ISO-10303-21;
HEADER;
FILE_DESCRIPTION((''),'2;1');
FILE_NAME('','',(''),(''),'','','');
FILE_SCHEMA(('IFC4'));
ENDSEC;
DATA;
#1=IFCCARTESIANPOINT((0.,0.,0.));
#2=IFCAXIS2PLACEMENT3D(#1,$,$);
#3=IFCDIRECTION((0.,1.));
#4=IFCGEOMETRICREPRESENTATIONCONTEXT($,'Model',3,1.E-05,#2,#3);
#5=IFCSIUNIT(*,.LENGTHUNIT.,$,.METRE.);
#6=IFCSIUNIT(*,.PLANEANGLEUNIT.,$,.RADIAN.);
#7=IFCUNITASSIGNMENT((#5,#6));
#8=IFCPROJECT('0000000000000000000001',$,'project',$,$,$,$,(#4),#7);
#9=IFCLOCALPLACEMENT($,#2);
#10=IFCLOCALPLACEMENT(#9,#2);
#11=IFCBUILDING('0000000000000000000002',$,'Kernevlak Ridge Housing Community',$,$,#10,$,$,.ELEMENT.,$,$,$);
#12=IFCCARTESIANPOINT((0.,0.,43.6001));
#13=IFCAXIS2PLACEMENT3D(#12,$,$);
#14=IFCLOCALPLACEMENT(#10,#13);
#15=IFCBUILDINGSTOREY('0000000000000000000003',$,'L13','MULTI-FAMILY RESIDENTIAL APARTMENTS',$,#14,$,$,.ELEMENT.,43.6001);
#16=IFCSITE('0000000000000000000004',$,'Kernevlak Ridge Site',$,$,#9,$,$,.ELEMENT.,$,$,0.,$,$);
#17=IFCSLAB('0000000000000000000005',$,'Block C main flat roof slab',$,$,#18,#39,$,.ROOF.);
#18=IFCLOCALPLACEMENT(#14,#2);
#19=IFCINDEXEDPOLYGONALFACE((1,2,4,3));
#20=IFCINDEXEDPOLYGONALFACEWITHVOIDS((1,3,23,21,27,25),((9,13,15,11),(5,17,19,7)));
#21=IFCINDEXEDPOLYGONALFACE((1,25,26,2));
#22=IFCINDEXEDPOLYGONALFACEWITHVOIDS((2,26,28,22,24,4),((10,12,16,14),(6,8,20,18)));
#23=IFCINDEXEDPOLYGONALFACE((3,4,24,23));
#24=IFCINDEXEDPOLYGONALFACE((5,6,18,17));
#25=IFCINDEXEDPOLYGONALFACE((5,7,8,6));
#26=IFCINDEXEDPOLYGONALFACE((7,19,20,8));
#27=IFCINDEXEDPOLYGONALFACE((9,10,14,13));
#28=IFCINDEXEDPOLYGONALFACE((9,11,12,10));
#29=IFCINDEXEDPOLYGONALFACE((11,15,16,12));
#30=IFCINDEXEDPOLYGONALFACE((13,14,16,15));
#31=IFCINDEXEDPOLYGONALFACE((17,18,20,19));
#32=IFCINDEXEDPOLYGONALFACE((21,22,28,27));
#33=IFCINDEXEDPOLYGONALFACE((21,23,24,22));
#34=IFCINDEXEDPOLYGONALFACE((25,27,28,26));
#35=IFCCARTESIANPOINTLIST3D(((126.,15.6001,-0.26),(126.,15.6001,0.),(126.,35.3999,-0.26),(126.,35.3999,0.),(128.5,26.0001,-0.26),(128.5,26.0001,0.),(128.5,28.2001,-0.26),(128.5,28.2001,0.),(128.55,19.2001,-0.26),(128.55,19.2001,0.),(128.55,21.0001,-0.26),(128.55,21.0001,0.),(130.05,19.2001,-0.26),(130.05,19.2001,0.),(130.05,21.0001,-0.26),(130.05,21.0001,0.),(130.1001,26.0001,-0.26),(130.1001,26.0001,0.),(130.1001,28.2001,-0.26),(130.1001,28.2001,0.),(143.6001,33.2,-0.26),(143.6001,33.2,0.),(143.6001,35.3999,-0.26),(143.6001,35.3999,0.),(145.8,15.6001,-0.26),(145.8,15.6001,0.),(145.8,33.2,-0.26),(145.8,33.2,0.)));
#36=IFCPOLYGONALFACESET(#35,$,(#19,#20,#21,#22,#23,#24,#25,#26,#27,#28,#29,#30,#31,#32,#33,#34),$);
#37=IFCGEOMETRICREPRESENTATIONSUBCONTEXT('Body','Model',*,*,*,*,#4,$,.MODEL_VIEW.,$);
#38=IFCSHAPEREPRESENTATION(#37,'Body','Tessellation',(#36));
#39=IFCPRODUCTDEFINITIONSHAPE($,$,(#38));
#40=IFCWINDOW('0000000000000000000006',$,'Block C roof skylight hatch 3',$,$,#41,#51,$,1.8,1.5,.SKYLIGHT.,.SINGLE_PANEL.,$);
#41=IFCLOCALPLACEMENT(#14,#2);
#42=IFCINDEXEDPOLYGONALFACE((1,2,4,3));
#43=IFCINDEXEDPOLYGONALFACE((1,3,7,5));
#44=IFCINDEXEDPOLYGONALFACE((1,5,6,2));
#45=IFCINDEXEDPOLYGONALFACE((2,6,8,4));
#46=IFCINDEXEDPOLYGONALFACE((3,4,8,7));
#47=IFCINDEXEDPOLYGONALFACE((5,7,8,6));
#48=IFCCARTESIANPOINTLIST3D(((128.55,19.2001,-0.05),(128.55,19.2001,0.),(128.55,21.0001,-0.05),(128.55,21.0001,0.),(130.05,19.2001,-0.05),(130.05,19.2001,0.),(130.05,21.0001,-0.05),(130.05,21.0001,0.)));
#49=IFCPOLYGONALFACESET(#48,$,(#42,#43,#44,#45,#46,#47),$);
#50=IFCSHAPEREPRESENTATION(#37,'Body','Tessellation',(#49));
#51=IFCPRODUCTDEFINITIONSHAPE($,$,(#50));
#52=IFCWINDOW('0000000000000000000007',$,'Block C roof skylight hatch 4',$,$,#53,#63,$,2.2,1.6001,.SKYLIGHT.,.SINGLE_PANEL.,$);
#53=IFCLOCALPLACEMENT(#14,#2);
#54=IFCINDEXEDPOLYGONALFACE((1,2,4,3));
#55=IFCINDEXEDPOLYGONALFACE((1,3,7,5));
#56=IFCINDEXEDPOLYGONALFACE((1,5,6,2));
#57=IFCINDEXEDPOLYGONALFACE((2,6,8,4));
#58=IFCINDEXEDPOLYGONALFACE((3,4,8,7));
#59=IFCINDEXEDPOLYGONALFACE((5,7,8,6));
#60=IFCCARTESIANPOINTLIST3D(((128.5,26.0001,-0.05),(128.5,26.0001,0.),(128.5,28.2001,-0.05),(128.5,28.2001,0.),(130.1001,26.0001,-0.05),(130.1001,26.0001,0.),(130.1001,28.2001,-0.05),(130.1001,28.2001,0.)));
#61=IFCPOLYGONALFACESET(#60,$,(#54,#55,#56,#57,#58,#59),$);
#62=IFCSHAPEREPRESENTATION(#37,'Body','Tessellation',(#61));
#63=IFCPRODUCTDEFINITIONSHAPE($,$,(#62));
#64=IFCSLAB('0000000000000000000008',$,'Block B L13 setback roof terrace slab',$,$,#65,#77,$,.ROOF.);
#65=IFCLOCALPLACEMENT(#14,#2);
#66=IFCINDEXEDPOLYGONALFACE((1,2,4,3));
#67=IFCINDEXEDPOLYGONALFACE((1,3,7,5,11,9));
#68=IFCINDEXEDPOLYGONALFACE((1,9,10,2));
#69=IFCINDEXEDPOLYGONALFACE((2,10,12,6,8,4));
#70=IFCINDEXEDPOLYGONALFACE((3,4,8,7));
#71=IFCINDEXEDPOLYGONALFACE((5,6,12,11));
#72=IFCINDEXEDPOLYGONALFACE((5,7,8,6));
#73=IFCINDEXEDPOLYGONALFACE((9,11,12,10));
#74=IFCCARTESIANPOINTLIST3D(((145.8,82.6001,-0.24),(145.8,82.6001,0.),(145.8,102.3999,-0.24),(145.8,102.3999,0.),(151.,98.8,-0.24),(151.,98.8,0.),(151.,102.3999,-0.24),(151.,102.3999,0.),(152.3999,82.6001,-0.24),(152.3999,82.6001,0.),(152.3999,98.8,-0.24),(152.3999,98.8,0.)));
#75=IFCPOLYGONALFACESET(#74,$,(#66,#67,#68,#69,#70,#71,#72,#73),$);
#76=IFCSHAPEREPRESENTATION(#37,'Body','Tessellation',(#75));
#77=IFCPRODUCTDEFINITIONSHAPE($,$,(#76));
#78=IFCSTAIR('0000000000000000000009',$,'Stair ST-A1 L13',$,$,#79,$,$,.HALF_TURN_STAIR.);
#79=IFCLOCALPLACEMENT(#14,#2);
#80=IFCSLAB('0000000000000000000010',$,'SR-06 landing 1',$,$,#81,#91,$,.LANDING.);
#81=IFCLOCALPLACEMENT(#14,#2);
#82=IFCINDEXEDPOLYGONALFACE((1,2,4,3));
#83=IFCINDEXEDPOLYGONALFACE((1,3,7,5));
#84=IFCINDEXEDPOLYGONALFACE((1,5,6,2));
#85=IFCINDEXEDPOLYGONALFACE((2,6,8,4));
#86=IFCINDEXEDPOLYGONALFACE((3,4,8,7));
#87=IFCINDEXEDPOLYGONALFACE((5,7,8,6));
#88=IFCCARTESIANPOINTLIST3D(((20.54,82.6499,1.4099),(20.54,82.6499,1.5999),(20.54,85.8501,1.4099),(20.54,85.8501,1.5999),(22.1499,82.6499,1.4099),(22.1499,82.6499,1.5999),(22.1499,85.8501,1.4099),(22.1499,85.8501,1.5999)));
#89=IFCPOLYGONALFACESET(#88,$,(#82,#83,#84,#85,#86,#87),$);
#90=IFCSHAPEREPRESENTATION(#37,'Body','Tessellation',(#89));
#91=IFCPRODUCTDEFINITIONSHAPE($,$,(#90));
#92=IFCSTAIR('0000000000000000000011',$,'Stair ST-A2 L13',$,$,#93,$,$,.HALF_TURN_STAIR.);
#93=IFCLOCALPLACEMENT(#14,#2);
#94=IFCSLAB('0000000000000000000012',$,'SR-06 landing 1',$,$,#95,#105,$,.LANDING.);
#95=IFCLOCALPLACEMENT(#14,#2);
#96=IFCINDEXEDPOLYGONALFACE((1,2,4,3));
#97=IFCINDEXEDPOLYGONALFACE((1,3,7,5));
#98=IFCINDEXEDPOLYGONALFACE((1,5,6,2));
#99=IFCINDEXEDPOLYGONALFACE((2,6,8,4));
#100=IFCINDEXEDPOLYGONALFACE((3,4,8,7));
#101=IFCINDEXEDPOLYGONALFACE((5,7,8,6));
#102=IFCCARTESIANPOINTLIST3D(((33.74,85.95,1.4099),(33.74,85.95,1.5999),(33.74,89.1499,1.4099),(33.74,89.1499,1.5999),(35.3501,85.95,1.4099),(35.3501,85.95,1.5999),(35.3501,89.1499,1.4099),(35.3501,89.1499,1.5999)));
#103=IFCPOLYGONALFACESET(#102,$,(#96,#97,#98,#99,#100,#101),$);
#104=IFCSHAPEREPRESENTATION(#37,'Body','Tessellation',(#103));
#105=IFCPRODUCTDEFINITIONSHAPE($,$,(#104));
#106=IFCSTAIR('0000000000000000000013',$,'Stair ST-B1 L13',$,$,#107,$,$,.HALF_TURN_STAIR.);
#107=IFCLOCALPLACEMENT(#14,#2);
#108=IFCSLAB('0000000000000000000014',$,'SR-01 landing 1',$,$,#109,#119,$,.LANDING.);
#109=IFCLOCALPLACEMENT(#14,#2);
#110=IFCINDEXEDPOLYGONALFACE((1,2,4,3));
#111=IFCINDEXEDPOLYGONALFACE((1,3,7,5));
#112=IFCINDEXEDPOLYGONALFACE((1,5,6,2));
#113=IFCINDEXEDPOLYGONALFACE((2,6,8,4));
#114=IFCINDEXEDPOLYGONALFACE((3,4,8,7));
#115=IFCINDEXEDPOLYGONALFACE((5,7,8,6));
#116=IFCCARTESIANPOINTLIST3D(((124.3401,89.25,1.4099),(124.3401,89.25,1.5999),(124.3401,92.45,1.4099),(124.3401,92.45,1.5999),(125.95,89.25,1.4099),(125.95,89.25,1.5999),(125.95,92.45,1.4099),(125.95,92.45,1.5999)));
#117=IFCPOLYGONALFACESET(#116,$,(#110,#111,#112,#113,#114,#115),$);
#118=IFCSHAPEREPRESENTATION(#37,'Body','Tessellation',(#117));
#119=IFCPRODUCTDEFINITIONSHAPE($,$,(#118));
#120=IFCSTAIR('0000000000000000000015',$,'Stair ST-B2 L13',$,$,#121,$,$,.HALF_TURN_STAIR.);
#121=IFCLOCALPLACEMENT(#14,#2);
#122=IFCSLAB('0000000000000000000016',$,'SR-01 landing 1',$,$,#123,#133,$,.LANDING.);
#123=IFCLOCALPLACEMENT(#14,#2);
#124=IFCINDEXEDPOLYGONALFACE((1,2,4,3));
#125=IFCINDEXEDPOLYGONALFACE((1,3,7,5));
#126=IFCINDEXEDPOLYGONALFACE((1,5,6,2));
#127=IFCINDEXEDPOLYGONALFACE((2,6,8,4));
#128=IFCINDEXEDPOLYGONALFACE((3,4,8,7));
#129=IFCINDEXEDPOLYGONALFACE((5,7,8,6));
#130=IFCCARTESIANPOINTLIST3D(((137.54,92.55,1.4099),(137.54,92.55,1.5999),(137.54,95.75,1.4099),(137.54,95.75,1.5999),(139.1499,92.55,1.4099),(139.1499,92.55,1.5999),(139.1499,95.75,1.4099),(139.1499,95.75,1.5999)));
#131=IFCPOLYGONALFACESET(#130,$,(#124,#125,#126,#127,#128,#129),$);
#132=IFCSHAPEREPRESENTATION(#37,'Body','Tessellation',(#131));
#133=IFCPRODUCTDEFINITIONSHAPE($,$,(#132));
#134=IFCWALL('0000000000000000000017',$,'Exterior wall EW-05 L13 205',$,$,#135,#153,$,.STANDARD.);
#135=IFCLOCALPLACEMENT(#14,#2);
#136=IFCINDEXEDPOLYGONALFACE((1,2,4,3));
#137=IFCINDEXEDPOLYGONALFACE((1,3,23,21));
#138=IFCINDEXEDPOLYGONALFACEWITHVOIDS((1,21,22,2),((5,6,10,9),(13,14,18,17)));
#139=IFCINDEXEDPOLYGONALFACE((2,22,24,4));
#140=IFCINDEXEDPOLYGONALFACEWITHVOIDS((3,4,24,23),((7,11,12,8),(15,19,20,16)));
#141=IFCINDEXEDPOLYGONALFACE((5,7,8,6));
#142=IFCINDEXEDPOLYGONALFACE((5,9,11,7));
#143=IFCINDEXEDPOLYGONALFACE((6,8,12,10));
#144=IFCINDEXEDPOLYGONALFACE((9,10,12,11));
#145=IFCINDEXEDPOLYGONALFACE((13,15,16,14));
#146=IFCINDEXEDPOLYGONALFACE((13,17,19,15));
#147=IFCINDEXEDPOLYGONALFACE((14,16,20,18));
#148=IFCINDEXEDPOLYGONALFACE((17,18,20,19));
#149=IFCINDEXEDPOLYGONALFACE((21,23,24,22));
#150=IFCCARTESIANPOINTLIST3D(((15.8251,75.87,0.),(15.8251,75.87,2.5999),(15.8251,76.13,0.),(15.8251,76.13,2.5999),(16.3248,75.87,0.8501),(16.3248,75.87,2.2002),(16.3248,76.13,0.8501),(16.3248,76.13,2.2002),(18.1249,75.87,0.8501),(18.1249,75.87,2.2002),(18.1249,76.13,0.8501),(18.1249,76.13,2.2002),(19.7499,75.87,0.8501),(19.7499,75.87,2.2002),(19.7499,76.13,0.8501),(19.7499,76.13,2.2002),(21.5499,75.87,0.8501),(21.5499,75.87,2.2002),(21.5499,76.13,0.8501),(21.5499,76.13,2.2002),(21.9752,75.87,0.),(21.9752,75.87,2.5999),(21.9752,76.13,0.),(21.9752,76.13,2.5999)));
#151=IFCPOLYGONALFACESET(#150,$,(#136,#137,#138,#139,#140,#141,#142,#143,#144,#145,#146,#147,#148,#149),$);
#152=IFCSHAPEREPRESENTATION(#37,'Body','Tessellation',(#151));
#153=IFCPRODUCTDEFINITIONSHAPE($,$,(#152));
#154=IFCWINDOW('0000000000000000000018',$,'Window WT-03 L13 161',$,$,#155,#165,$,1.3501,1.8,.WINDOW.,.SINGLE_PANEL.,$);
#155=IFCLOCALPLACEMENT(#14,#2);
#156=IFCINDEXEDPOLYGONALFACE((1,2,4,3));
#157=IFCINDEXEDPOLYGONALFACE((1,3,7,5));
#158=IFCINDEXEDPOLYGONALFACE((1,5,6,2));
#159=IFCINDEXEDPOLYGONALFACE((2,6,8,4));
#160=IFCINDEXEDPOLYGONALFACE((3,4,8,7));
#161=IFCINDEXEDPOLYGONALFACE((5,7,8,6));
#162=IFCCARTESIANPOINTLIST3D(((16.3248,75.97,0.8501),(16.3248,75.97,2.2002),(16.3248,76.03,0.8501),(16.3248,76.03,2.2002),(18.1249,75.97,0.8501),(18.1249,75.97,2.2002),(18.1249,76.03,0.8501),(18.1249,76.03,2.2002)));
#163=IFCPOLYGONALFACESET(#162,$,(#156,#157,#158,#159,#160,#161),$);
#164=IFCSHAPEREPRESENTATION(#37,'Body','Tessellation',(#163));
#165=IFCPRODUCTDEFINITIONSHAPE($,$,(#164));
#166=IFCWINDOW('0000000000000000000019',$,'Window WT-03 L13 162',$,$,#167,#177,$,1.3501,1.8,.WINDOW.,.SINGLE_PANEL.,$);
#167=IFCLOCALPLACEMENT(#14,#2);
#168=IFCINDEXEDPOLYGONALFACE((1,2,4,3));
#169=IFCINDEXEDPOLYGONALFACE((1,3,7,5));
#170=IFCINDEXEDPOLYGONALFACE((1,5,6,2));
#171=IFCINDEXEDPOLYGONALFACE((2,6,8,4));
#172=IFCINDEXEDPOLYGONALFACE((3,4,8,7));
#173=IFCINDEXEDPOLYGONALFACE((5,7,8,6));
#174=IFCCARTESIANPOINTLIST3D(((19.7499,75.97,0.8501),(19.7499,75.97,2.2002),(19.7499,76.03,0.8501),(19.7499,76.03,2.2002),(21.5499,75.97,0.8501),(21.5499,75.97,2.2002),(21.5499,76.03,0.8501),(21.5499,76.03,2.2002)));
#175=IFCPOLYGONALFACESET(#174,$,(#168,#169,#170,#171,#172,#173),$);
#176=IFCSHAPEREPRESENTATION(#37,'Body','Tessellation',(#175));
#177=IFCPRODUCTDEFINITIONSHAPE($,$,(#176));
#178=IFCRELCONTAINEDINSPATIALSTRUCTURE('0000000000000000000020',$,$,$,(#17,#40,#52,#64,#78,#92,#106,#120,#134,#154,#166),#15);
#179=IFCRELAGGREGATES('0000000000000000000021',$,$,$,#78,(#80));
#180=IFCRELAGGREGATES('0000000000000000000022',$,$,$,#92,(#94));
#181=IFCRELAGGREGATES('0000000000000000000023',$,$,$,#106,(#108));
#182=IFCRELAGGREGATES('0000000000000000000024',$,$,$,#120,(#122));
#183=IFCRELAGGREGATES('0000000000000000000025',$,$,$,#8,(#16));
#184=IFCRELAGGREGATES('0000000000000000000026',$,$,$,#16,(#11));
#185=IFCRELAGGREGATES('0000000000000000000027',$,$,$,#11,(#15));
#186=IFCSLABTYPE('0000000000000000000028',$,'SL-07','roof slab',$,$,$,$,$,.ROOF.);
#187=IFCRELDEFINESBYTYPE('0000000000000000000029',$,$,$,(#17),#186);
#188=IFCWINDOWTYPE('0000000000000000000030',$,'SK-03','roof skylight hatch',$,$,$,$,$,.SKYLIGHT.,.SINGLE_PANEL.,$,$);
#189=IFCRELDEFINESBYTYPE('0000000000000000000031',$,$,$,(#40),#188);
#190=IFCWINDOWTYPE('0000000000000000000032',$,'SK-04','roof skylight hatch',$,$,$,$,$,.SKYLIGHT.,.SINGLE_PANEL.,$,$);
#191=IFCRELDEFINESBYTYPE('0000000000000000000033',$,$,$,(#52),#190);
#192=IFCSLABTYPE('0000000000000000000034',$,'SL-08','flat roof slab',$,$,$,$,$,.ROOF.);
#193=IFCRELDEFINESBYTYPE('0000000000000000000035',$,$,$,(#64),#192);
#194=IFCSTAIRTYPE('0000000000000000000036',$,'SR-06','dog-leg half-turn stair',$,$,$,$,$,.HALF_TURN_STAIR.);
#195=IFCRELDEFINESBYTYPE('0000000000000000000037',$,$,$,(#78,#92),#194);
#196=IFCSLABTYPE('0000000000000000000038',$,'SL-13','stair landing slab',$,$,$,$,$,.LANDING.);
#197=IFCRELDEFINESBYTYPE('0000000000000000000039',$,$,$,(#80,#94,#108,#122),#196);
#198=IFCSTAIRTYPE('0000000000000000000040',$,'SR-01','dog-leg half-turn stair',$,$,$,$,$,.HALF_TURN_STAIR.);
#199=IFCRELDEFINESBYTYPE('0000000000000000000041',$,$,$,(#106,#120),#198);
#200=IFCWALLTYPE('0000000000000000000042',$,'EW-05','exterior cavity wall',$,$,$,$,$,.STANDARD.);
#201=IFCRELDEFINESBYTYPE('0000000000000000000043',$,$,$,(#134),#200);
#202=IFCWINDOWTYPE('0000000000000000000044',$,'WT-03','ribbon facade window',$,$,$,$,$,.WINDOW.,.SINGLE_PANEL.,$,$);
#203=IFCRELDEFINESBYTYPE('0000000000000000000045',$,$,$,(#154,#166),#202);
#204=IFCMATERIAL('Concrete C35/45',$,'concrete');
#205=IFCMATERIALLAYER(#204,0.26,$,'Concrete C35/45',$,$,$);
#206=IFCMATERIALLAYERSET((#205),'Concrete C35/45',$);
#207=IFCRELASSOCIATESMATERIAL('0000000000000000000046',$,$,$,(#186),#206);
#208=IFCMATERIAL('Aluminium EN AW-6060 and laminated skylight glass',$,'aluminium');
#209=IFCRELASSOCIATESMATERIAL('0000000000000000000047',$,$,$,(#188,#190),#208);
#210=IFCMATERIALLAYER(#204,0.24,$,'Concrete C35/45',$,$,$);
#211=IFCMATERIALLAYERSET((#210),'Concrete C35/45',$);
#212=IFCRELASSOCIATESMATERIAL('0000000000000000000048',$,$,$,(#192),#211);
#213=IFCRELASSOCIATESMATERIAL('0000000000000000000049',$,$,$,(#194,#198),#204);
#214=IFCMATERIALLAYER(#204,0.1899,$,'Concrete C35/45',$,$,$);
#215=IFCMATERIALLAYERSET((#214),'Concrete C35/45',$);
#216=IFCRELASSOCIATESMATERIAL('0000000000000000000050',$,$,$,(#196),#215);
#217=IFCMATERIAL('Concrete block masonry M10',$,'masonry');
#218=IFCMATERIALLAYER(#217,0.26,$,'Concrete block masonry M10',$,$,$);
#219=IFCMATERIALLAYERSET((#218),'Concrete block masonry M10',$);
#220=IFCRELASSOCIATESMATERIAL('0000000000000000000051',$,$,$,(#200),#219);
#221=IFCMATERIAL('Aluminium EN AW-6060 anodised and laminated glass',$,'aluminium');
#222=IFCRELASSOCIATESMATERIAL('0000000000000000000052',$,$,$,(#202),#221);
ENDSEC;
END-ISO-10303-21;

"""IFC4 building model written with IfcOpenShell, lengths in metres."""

from ifc_helpers import new_model, si_unit, direction, frame, frame_2d, origin, origin_2d, place, context, subcontext, project, spatial, polyline, rectangle, outline, extrude, material, layer, layer_set, type_object, element, fill, aggregate, save


model = new_model("IFC4")

# Units and contexts
model_context = context("Model", 3, precision=1e-05, world=origin(), true_north=direction((0.0, 1.0)))
body_context = subcontext(model_context, "Body", "Model", "MODEL_VIEW")
ifc_project = project(units=[si_unit("LENGTHUNIT", "METRE"), si_unit("PLANEANGLEUNIT", "RADIAN")], contexts=[model_context])

# Site, building, storey
site_placement = place(None, origin())
site = spatial("IfcSite", under=ifc_project, at=site_placement, Name="Kernevlak Ridge Site", CompositionType="ELEMENT", RefElevation=0.0)
building_placement = place(site_placement, origin())
building = spatial("IfcBuilding", under=site, at=building_placement, Name="Kernevlak Ridge Housing Community", CompositionType="ELEMENT")
storey_placement = place(building_placement, frame((0.0, 0.0, 43.6001)))
storey = spatial("IfcBuildingStorey", under=building, at=storey_placement, Name="L13", Description="MULTI-FAMILY RESIDENTIAL APARTMENTS", CompositionType="ELEMENT", Elevation=43.6001)

# Shared definitions
ifc_material_1 = material(Name="Concrete C35/45", Category="concrete")

# Slab, openings, windows
ifc_layer_1 = layer(ifc_material_1, 0.26, Name="Concrete C35/45")
ifc_layer_set_1 = layer_set([ifc_layer_1], Name="Concrete C35/45")
slab_type_1 = type_object("IfcSlabType", Name="SL-07", Description="roof slab", PredefinedType="ROOF", material=ifc_layer_set_1)
slab_1_placement = place(storey_placement, frame((0.0, 0.0, -0.26)))
slab_1 = element("IfcSlab", 1, at=slab_1_placement, inside=storey, type_object=slab_type_1, Name="Block C main flat roof slab", PredefinedType="ROOF", context=body_context, shape_type="SweptSolid", body=[
    extrude(outline(polyline([(145.8, 15.6001), (145.8, 33.2), (143.6001, 33.2), (143.6001, 35.3999), (126.0, 35.3999), (126.0, 15.6001), (145.8, 15.6001)])), origin(), (0.0, 0.0, 1.0), 0.26),
])
opening_1_placement = place(slab_1_placement, frame((129.3, 20.1001, -0.01)))
opening_1 = element("IfcOpeningElement", 2, at=opening_1_placement, cuts=slab_1, PredefinedType="OPENING", context=body_context, shape_type="SweptSolid", body=[
    extrude(rectangle(XDim=1.5, YDim=1.8, at=origin_2d()), origin(), (0.0, 0.0, 1.0), 0.28),
])
opening_2_placement = place(slab_1_placement, frame((129.3, 27.1001, -0.01)))
opening_2 = element("IfcOpeningElement", 3, at=opening_2_placement, cuts=slab_1, PredefinedType="OPENING", context=body_context, shape_type="SweptSolid", body=[
    extrude(rectangle(XDim=1.6001, YDim=2.2, at=origin_2d()), origin(), (0.0, 0.0, 1.0), 0.28),
])
ifc_material_2 = material(Name="Aluminium EN AW-6060 and laminated skylight glass", Category="aluminium")
window_type_1 = type_object("IfcWindowType", Name="SK-03", Description="roof skylight hatch", PartitioningType="SINGLE_PANEL", PredefinedType="SKYLIGHT", material=ifc_material_2)
window_1_placement = place(slab_1_placement, frame((129.3, 20.1001, 0.21)))
window_1 = element("IfcWindow", 4, at=window_1_placement, inside=storey, type_object=window_type_1, Name="Block C roof skylight hatch 3", OverallHeight=1.8, OverallWidth=1.5, PartitioningType="SINGLE_PANEL", PredefinedType="SKYLIGHT", context=body_context, shape_type="SweptSolid", body=[
    extrude(rectangle(XDim=1.5, YDim=1.8, at=origin_2d()), origin(), (0.0, 0.0, 1.0), 0.05),
])
fill(opening_1, window_1)
window_type_2 = type_object("IfcWindowType", Name="SK-04", Description="roof skylight hatch", PartitioningType="SINGLE_PANEL", PredefinedType="SKYLIGHT", material=ifc_material_2)
window_2_placement = place(slab_1_placement, frame((129.3, 27.1001, 0.21)))
window_2 = element("IfcWindow", 5, at=window_2_placement, inside=storey, type_object=window_type_2, Name="Block C roof skylight hatch 4", OverallHeight=2.2, OverallWidth=1.6001, PartitioningType="SINGLE_PANEL", PredefinedType="SKYLIGHT", context=body_context, shape_type="SweptSolid", body=[
    extrude(rectangle(XDim=1.6001, YDim=2.2, at=origin_2d()), origin(), (0.0, 0.0, 1.0), 0.05),
])
fill(opening_2, window_2)

# Slab
ifc_layer_2 = layer(ifc_material_1, 0.24, Name="Concrete C35/45")
ifc_layer_set_2 = layer_set([ifc_layer_2], Name="Concrete C35/45")
slab_type_2 = type_object("IfcSlabType", Name="SL-08", Description="flat roof slab", PredefinedType="ROOF", material=ifc_layer_set_2)
slab_2_placement = place(storey_placement, frame((0.0, 0.0, -0.24)))
element("IfcSlab", 6, at=slab_2_placement, inside=storey, type_object=slab_type_2, Name="Block B L13 setback roof terrace slab", PredefinedType="ROOF", context=body_context, shape_type="SweptSolid", body=[
    extrude(outline(polyline([(145.8, 82.6001), (152.3999, 82.6001), (152.3999, 98.8), (151.0, 98.8), (151.0, 102.3999), (145.8, 102.3999), (145.8, 82.6001)])), origin(), (0.0, 0.0, 1.0), 0.24),
])

# Stairs, slabs
stair_type_1 = type_object("IfcStairType", Name="SR-06", Description="dog-leg half-turn stair", PredefinedType="HALF_TURN_STAIR", material=ifc_material_1)
stair_1_placement = place(storey_placement, origin())
stair_1 = element("IfcStair", 7, at=stair_1_placement, inside=storey, type_object=stair_type_1, Name="Stair ST-A1 L13", PredefinedType="HALF_TURN_STAIR")
ifc_layer_3 = layer(ifc_material_1, 0.1899, Name="Concrete C35/45")
ifc_layer_set_3 = layer_set([ifc_layer_3], Name="Concrete C35/45")
slab_type_3 = type_object("IfcSlabType", Name="SL-13", Description="stair landing slab", PredefinedType="LANDING", material=ifc_layer_set_3)
slab_3_placement = place(storey_placement, frame((0.0, 0.0, 1.4099)))
slab_3 = element("IfcSlab", 8, at=slab_3_placement, type_object=slab_type_3, Name="SR-06 landing 1", PredefinedType="LANDING", context=body_context, shape_type="SweptSolid", body=[
    extrude(outline(polyline([(20.54, 82.6499), (22.1499, 82.6499), (22.1499, 85.8501), (20.54, 85.8501), (20.54, 82.6499)])), origin(), (0.0, 0.0, 1.0), 0.1899),
])
aggregate(stair_1, [slab_3])
stair_2_placement = place(storey_placement, origin())
stair_2 = element("IfcStair", 9, at=stair_2_placement, inside=storey, type_object=stair_type_1, Name="Stair ST-A2 L13", PredefinedType="HALF_TURN_STAIR")
slab_4_placement = place(storey_placement, frame((0.0, 0.0, 1.4099)))
slab_4 = element("IfcSlab", 10, at=slab_4_placement, type_object=slab_type_3, Name="SR-06 landing 1", PredefinedType="LANDING", context=body_context, shape_type="SweptSolid", body=[
    extrude(outline(polyline([(33.74, 85.95), (35.3501, 85.95), (35.3501, 89.1499), (33.74, 89.1499), (33.74, 85.95)])), origin(), (0.0, 0.0, 1.0), 0.1899),
])
aggregate(stair_2, [slab_4])
stair_type_2 = type_object("IfcStairType", Name="SR-01", Description="dog-leg half-turn stair", PredefinedType="HALF_TURN_STAIR", material=ifc_material_1)
stair_3_placement = place(storey_placement, origin())
stair_3 = element("IfcStair", 11, at=stair_3_placement, inside=storey, type_object=stair_type_2, Name="Stair ST-B1 L13", PredefinedType="HALF_TURN_STAIR")
slab_5_placement = place(storey_placement, frame((0.0, 0.0, 1.4099)))
slab_5 = element("IfcSlab", 12, at=slab_5_placement, type_object=slab_type_3, Name="SR-01 landing 1", PredefinedType="LANDING", context=body_context, shape_type="SweptSolid", body=[
    extrude(outline(polyline([(124.3401, 89.25), (125.95, 89.25), (125.95, 92.45), (124.3401, 92.45), (124.3401, 89.25)])), origin(), (0.0, 0.0, 1.0), 0.1899),
])
aggregate(stair_3, [slab_5])
stair_4_placement = place(storey_placement, origin())
stair_4 = element("IfcStair", 13, at=stair_4_placement, inside=storey, type_object=stair_type_2, Name="Stair ST-B2 L13", PredefinedType="HALF_TURN_STAIR")
slab_6_placement = place(storey_placement, frame((0.0, 0.0, 1.4099)))
slab_6 = element("IfcSlab", 14, at=slab_6_placement, type_object=slab_type_3, Name="SR-01 landing 1", PredefinedType="LANDING", context=body_context, shape_type="SweptSolid", body=[
    extrude(outline(polyline([(137.54, 92.55), (139.1499, 92.55), (139.1499, 95.75), (137.54, 95.75), (137.54, 92.55)])), origin(), (0.0, 0.0, 1.0), 0.1899),
])
aggregate(stair_4, [slab_6])

# Wall, openings, windows
ifc_material_3 = material(Name="Concrete block masonry M10", Category="masonry")
ifc_layer_4 = layer(ifc_material_3, 0.26, Name="Concrete block masonry M10")
ifc_layer_set_4 = layer_set([ifc_layer_4], Name="Concrete block masonry M10")
wall_type = type_object("IfcWallType", Name="EW-05", Description="exterior cavity wall", PredefinedType="STANDARD", material=ifc_layer_set_4)
wall_1_placement = place(storey_placement, frame((15.825, 76.0, 0.0), z_axis=(0.0, 0.0, 1.0), x_axis=(1.0, 0.0, 0.0)))
wall_1 = element("IfcWall", 15, at=wall_1_placement, inside=storey, type_object=wall_type, Name="Exterior wall EW-05 L13 205", PredefinedType="STANDARD", context=body_context, shape_type="SweptSolid", body=[
    extrude(rectangle(XDim=6.1501, YDim=0.26, at=frame_2d((3.0752, 0.0))), origin(), (0.0, 0.0, 1.0), 2.5999),
])
opening_3_placement = place(wall_1_placement, frame((0.5, 0.0, 0.8501)))
opening_3 = element("IfcOpeningElement", 16, at=opening_3_placement, cuts=wall_1, PredefinedType="OPENING", context=body_context, shape_type="SweptSolid", body=[
    extrude(rectangle(XDim=1.8, YDim=1.3501, at=frame_2d((0.8999, 0.675))), frame((0.0, 0.1399, 0.0), z_axis=(0.0, -1.0, 0.0), x_axis=(1.0, 0.0, 0.0)), (0.0, 0.0, 1.0), 0.28),
])
opening_4_placement = place(wall_1_placement, frame((3.925, 0.0, 0.8501)))
opening_4 = element("IfcOpeningElement", 17, at=opening_4_placement, cuts=wall_1, PredefinedType="OPENING", context=body_context, shape_type="SweptSolid", body=[
    extrude(rectangle(XDim=1.8, YDim=1.3501, at=frame_2d((0.8999, 0.675))), frame((0.0, 0.1399, 0.0), z_axis=(0.0, -1.0, 0.0), x_axis=(1.0, 0.0, 0.0)), (0.0, 0.0, 1.0), 0.28),
])
ifc_material_4 = material(Name="Aluminium EN AW-6060 anodised and laminated glass", Category="aluminium")
window_type_3 = type_object("IfcWindowType", Name="WT-03", Description="ribbon facade window", PartitioningType="SINGLE_PANEL", PredefinedType="WINDOW", material=ifc_material_4)
window_3_placement = place(opening_3_placement, origin())
window_3 = element("IfcWindow", 18, at=window_3_placement, inside=storey, type_object=window_type_3, Name="Window WT-03 L13 161", OverallHeight=1.3501, OverallWidth=1.8, PartitioningType="SINGLE_PANEL", PredefinedType="WINDOW", context=body_context, shape_type="SweptSolid", body=[
    extrude(rectangle(XDim=1.8, YDim=1.3501, at=frame_2d((0.8999, 0.675))), frame((0.0, 0.03, 0.0), z_axis=(0.0, -1.0, 0.0), x_axis=(1.0, 0.0, 0.0)), (0.0, 0.0, 1.0), 0.0601),
])
fill(opening_3, window_3)
window_4_placement = place(opening_4_placement, origin())
window_4 = element("IfcWindow", 19, at=window_4_placement, inside=storey, type_object=window_type_3, Name="Window WT-03 L13 162", OverallHeight=1.3501, OverallWidth=1.8, PartitioningType="SINGLE_PANEL", PredefinedType="WINDOW", context=body_context, shape_type="SweptSolid", body=[
    extrude(rectangle(XDim=1.8, YDim=1.3501, at=frame_2d((0.8999, 0.675))), frame((0.0, 0.03, 0.0), z_axis=(0.0, -1.0, 0.0), x_axis=(1.0, 0.0, 0.0)), (0.0, 0.0, 1.0), 0.0601),
])
fill(opening_4, window_4)

save(model, "model.ifc")
